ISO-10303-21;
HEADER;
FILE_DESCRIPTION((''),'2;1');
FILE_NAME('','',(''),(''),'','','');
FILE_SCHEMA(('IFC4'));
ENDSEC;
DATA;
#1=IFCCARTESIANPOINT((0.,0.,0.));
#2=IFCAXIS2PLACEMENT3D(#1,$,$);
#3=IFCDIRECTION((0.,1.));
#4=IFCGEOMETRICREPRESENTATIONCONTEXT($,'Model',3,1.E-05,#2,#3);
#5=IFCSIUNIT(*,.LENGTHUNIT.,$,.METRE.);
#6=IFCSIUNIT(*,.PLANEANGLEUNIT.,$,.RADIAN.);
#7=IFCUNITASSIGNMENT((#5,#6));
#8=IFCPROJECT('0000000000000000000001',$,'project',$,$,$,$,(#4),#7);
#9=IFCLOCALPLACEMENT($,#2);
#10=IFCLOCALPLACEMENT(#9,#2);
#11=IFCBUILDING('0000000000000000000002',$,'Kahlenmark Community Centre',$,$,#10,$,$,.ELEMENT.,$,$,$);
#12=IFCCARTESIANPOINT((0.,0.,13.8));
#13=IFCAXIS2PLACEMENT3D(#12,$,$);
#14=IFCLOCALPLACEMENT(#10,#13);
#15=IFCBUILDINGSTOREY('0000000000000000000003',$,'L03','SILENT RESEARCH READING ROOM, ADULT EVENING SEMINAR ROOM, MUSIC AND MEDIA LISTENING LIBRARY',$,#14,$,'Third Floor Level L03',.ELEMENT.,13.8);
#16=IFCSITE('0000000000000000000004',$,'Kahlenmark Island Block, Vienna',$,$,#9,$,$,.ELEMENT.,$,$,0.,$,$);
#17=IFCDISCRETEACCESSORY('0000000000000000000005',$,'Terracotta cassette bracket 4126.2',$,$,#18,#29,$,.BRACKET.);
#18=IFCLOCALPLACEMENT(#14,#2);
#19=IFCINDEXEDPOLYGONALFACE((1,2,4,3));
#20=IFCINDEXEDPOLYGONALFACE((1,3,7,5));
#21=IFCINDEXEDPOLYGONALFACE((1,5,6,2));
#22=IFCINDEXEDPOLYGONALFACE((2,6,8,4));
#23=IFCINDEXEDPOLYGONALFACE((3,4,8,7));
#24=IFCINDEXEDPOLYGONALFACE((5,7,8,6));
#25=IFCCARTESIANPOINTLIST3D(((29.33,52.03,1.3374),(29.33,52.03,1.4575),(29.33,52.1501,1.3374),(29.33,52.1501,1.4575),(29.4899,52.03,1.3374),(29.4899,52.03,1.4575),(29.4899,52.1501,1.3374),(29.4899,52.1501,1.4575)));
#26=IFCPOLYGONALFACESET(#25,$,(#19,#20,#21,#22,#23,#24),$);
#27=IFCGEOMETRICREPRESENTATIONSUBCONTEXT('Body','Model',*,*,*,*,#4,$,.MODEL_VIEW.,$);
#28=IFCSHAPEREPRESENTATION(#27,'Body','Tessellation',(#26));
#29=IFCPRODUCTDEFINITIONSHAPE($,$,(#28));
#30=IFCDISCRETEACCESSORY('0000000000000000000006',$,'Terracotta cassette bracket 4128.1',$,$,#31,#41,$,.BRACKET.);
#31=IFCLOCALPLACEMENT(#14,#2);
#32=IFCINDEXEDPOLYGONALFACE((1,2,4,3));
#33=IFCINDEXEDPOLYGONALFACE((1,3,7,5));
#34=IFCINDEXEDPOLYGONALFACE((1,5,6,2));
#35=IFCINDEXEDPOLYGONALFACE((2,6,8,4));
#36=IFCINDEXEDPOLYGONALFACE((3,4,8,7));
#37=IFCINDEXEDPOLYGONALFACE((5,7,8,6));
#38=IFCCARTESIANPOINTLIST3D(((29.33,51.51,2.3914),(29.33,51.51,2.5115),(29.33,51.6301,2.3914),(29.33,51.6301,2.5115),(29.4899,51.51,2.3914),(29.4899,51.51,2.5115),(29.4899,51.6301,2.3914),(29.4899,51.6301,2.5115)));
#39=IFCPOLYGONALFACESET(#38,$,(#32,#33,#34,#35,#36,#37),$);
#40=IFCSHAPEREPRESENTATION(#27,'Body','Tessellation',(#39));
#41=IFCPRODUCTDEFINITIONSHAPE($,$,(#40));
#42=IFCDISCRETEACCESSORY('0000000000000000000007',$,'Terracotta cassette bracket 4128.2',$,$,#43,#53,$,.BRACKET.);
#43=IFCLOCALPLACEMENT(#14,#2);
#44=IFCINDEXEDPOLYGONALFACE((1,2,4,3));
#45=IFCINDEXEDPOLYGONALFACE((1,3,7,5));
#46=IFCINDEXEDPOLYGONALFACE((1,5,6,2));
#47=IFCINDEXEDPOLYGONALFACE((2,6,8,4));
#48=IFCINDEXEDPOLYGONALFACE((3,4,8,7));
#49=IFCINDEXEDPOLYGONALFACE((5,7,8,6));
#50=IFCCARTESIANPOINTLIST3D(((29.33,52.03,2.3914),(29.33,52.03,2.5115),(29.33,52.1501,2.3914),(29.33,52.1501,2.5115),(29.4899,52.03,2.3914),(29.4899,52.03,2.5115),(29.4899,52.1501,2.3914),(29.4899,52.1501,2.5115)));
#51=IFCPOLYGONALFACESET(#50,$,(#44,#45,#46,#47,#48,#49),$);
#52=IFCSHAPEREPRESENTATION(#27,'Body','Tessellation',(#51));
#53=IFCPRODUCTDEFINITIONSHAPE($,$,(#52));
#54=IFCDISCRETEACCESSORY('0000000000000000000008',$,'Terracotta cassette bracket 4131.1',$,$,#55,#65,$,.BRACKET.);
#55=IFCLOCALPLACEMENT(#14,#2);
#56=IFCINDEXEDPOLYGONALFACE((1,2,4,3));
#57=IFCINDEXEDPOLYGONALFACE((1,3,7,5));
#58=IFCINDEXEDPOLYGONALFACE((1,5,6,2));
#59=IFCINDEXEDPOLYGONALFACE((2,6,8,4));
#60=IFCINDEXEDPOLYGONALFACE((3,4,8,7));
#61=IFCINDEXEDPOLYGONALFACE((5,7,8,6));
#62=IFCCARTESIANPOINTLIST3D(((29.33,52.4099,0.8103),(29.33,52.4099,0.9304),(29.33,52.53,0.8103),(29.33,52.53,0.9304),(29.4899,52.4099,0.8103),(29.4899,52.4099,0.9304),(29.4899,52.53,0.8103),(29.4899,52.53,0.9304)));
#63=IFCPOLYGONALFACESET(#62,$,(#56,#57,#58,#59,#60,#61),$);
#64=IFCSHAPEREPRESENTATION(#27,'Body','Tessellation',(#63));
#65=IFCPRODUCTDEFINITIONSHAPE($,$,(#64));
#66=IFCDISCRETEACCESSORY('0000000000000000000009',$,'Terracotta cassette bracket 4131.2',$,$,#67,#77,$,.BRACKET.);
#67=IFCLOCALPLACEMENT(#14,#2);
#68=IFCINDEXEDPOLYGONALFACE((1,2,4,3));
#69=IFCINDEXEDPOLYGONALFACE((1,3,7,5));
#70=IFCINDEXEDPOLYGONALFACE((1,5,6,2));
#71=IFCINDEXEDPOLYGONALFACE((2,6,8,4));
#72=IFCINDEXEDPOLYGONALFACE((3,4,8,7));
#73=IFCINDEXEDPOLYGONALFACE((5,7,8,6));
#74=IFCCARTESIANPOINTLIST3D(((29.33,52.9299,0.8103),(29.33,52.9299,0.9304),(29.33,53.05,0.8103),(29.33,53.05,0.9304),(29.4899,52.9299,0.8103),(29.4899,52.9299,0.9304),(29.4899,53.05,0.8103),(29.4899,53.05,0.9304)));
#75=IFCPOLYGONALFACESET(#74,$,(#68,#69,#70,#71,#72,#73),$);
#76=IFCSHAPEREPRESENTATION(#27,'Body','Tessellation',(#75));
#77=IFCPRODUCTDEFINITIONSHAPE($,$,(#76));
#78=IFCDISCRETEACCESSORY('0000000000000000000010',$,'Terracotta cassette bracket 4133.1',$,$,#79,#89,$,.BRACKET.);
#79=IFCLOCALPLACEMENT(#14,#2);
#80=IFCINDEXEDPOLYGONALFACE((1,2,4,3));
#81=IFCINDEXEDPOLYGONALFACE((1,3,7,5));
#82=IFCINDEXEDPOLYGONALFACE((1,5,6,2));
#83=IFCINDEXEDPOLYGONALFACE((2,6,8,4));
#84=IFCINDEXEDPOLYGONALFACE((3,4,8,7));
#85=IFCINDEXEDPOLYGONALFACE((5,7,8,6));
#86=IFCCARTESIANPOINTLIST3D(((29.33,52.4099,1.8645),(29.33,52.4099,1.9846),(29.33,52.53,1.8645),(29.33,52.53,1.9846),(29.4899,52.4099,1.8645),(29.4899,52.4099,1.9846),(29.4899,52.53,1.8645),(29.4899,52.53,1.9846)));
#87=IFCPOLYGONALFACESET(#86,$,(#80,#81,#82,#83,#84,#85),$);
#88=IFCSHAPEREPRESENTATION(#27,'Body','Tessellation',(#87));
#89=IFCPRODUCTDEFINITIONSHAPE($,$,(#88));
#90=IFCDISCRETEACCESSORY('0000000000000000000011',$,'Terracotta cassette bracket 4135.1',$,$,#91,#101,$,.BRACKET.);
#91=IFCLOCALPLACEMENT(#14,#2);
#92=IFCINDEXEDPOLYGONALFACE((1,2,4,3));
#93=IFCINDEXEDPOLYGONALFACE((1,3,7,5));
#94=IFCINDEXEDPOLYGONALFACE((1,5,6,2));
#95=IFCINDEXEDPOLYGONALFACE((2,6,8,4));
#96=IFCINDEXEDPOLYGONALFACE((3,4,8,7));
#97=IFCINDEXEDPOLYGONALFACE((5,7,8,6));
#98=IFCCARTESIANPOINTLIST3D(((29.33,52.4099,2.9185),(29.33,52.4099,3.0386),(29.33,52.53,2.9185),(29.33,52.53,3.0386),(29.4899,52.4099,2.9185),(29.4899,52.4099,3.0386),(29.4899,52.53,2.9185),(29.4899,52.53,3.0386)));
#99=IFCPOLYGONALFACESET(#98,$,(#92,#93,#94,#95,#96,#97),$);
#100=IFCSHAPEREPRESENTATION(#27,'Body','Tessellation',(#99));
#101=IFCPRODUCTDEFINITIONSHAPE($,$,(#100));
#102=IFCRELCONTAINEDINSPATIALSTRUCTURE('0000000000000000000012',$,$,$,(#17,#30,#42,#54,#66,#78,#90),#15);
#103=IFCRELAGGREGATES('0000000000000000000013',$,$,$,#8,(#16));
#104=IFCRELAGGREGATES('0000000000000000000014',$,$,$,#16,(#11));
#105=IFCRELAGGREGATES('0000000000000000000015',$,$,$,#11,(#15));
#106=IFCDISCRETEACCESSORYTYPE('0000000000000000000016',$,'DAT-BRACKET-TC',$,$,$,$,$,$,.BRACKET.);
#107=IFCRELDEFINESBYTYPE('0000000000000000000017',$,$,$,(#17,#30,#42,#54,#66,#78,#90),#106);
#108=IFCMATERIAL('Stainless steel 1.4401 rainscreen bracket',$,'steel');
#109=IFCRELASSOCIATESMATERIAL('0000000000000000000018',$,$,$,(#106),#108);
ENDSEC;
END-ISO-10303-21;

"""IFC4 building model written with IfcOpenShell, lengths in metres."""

from ifc_helpers import new_model, si_unit, direction, frame, origin, origin_2d, place, context, subcontext, project, spatial, rectangle, extrude, material, type_object, element, save


model = new_model("IFC4")

# Units and contexts
model_context = context("Model", 3, precision=1e-05, world=origin(), true_north=direction((0.0, 1.0)))
body_context = subcontext(model_context, "Body", "Model", "MODEL_VIEW")
ifc_project = project(units=[si_unit("LENGTHUNIT", "METRE"), si_unit("PLANEANGLEUNIT", "RADIAN")], contexts=[model_context])

# Site, building, storey
site_placement = place(None, origin())
site = spatial("IfcSite", under=ifc_project, at=site_placement, Name="Kahlenmark Island Block, Vienna", CompositionType="ELEMENT", RefElevation=0.0)
building_placement = place(site_placement, origin())
building = spatial("IfcBuilding", under=site, at=building_placement, Name="Kahlenmark Community Centre", CompositionType="ELEMENT")
storey_placement = place(building_placement, frame((0.0, 0.0, 13.8)))
storey = spatial("IfcBuildingStorey", under=building, at=storey_placement, Name="L03", Description="SILENT RESEARCH READING ROOM, ADULT EVENING SEMINAR ROOM, MUSIC AND MEDIA LISTENING LIBRARY", LongName="Third Floor Level L03", CompositionType="ELEMENT", Elevation=13.8)

# Discrete accessories
ifc_material = material(Name="Stainless steel 1.4401 rainscreen bracket", Category="steel")
discrete_accessory_type = type_object("IfcDiscreteAccessoryType", Name="DAT-BRACKET-TC", PredefinedType="BRACKET", material=ifc_material)
for number, where, z_axis, x_axis, name in (
    (1, (29.4099, 52.0901, 1.3374), (0.0, 0.0, 1.0), (0.0, 1.0, 0.0), "Terracotta cassette bracket 4126.2"),
    (2, (29.4099, 51.5701, 2.3914), (0.0, 0.0, 1.0), (0.0, 1.0, 0.0), "Terracotta cassette bracket 4128.1"),
    (3, (29.4099, 52.0901, 2.3914), (0.0, 0.0, 1.0), (0.0, 1.0, 0.0), "Terracotta cassette bracket 4128.2"),
    (4, (29.4099, 52.47, 0.8103), (0.0, 0.0, 1.0), (0.0, 1.0, 0.0), "Terracotta cassette bracket 4131.1"),
    (5, (29.4099, 52.99, 0.8103), (0.0, 0.0, 1.0), (0.0, 1.0, 0.0), "Terracotta cassette bracket 4131.2"),
    (6, (29.4099, 52.47, 1.8645), (0.0, 0.0, 1.0), (0.0, 1.0, 0.0), "Terracotta cassette bracket 4133.1"),
    (7, (29.4099, 52.47, 2.9185), (0.0, 0.0, 1.0), (0.0, 1.0, 0.0), "Terracotta cassette bracket 4135.1"),
):
    element("IfcDiscreteAccessory", number, at=place(storey_placement, frame(where, z_axis=z_axis, x_axis=x_axis)), inside=storey, type_object=discrete_accessory_type, Name=name, PredefinedType="BRACKET", context=body_context, shape_type="SweptSolid", body=[
        extrude(rectangle(XDim=0.1201, YDim=0.1599, at=origin_2d()), origin(), (0.0, 0.0, 1.0), 0.1201),
    ])

save(model, "model.ifc")
